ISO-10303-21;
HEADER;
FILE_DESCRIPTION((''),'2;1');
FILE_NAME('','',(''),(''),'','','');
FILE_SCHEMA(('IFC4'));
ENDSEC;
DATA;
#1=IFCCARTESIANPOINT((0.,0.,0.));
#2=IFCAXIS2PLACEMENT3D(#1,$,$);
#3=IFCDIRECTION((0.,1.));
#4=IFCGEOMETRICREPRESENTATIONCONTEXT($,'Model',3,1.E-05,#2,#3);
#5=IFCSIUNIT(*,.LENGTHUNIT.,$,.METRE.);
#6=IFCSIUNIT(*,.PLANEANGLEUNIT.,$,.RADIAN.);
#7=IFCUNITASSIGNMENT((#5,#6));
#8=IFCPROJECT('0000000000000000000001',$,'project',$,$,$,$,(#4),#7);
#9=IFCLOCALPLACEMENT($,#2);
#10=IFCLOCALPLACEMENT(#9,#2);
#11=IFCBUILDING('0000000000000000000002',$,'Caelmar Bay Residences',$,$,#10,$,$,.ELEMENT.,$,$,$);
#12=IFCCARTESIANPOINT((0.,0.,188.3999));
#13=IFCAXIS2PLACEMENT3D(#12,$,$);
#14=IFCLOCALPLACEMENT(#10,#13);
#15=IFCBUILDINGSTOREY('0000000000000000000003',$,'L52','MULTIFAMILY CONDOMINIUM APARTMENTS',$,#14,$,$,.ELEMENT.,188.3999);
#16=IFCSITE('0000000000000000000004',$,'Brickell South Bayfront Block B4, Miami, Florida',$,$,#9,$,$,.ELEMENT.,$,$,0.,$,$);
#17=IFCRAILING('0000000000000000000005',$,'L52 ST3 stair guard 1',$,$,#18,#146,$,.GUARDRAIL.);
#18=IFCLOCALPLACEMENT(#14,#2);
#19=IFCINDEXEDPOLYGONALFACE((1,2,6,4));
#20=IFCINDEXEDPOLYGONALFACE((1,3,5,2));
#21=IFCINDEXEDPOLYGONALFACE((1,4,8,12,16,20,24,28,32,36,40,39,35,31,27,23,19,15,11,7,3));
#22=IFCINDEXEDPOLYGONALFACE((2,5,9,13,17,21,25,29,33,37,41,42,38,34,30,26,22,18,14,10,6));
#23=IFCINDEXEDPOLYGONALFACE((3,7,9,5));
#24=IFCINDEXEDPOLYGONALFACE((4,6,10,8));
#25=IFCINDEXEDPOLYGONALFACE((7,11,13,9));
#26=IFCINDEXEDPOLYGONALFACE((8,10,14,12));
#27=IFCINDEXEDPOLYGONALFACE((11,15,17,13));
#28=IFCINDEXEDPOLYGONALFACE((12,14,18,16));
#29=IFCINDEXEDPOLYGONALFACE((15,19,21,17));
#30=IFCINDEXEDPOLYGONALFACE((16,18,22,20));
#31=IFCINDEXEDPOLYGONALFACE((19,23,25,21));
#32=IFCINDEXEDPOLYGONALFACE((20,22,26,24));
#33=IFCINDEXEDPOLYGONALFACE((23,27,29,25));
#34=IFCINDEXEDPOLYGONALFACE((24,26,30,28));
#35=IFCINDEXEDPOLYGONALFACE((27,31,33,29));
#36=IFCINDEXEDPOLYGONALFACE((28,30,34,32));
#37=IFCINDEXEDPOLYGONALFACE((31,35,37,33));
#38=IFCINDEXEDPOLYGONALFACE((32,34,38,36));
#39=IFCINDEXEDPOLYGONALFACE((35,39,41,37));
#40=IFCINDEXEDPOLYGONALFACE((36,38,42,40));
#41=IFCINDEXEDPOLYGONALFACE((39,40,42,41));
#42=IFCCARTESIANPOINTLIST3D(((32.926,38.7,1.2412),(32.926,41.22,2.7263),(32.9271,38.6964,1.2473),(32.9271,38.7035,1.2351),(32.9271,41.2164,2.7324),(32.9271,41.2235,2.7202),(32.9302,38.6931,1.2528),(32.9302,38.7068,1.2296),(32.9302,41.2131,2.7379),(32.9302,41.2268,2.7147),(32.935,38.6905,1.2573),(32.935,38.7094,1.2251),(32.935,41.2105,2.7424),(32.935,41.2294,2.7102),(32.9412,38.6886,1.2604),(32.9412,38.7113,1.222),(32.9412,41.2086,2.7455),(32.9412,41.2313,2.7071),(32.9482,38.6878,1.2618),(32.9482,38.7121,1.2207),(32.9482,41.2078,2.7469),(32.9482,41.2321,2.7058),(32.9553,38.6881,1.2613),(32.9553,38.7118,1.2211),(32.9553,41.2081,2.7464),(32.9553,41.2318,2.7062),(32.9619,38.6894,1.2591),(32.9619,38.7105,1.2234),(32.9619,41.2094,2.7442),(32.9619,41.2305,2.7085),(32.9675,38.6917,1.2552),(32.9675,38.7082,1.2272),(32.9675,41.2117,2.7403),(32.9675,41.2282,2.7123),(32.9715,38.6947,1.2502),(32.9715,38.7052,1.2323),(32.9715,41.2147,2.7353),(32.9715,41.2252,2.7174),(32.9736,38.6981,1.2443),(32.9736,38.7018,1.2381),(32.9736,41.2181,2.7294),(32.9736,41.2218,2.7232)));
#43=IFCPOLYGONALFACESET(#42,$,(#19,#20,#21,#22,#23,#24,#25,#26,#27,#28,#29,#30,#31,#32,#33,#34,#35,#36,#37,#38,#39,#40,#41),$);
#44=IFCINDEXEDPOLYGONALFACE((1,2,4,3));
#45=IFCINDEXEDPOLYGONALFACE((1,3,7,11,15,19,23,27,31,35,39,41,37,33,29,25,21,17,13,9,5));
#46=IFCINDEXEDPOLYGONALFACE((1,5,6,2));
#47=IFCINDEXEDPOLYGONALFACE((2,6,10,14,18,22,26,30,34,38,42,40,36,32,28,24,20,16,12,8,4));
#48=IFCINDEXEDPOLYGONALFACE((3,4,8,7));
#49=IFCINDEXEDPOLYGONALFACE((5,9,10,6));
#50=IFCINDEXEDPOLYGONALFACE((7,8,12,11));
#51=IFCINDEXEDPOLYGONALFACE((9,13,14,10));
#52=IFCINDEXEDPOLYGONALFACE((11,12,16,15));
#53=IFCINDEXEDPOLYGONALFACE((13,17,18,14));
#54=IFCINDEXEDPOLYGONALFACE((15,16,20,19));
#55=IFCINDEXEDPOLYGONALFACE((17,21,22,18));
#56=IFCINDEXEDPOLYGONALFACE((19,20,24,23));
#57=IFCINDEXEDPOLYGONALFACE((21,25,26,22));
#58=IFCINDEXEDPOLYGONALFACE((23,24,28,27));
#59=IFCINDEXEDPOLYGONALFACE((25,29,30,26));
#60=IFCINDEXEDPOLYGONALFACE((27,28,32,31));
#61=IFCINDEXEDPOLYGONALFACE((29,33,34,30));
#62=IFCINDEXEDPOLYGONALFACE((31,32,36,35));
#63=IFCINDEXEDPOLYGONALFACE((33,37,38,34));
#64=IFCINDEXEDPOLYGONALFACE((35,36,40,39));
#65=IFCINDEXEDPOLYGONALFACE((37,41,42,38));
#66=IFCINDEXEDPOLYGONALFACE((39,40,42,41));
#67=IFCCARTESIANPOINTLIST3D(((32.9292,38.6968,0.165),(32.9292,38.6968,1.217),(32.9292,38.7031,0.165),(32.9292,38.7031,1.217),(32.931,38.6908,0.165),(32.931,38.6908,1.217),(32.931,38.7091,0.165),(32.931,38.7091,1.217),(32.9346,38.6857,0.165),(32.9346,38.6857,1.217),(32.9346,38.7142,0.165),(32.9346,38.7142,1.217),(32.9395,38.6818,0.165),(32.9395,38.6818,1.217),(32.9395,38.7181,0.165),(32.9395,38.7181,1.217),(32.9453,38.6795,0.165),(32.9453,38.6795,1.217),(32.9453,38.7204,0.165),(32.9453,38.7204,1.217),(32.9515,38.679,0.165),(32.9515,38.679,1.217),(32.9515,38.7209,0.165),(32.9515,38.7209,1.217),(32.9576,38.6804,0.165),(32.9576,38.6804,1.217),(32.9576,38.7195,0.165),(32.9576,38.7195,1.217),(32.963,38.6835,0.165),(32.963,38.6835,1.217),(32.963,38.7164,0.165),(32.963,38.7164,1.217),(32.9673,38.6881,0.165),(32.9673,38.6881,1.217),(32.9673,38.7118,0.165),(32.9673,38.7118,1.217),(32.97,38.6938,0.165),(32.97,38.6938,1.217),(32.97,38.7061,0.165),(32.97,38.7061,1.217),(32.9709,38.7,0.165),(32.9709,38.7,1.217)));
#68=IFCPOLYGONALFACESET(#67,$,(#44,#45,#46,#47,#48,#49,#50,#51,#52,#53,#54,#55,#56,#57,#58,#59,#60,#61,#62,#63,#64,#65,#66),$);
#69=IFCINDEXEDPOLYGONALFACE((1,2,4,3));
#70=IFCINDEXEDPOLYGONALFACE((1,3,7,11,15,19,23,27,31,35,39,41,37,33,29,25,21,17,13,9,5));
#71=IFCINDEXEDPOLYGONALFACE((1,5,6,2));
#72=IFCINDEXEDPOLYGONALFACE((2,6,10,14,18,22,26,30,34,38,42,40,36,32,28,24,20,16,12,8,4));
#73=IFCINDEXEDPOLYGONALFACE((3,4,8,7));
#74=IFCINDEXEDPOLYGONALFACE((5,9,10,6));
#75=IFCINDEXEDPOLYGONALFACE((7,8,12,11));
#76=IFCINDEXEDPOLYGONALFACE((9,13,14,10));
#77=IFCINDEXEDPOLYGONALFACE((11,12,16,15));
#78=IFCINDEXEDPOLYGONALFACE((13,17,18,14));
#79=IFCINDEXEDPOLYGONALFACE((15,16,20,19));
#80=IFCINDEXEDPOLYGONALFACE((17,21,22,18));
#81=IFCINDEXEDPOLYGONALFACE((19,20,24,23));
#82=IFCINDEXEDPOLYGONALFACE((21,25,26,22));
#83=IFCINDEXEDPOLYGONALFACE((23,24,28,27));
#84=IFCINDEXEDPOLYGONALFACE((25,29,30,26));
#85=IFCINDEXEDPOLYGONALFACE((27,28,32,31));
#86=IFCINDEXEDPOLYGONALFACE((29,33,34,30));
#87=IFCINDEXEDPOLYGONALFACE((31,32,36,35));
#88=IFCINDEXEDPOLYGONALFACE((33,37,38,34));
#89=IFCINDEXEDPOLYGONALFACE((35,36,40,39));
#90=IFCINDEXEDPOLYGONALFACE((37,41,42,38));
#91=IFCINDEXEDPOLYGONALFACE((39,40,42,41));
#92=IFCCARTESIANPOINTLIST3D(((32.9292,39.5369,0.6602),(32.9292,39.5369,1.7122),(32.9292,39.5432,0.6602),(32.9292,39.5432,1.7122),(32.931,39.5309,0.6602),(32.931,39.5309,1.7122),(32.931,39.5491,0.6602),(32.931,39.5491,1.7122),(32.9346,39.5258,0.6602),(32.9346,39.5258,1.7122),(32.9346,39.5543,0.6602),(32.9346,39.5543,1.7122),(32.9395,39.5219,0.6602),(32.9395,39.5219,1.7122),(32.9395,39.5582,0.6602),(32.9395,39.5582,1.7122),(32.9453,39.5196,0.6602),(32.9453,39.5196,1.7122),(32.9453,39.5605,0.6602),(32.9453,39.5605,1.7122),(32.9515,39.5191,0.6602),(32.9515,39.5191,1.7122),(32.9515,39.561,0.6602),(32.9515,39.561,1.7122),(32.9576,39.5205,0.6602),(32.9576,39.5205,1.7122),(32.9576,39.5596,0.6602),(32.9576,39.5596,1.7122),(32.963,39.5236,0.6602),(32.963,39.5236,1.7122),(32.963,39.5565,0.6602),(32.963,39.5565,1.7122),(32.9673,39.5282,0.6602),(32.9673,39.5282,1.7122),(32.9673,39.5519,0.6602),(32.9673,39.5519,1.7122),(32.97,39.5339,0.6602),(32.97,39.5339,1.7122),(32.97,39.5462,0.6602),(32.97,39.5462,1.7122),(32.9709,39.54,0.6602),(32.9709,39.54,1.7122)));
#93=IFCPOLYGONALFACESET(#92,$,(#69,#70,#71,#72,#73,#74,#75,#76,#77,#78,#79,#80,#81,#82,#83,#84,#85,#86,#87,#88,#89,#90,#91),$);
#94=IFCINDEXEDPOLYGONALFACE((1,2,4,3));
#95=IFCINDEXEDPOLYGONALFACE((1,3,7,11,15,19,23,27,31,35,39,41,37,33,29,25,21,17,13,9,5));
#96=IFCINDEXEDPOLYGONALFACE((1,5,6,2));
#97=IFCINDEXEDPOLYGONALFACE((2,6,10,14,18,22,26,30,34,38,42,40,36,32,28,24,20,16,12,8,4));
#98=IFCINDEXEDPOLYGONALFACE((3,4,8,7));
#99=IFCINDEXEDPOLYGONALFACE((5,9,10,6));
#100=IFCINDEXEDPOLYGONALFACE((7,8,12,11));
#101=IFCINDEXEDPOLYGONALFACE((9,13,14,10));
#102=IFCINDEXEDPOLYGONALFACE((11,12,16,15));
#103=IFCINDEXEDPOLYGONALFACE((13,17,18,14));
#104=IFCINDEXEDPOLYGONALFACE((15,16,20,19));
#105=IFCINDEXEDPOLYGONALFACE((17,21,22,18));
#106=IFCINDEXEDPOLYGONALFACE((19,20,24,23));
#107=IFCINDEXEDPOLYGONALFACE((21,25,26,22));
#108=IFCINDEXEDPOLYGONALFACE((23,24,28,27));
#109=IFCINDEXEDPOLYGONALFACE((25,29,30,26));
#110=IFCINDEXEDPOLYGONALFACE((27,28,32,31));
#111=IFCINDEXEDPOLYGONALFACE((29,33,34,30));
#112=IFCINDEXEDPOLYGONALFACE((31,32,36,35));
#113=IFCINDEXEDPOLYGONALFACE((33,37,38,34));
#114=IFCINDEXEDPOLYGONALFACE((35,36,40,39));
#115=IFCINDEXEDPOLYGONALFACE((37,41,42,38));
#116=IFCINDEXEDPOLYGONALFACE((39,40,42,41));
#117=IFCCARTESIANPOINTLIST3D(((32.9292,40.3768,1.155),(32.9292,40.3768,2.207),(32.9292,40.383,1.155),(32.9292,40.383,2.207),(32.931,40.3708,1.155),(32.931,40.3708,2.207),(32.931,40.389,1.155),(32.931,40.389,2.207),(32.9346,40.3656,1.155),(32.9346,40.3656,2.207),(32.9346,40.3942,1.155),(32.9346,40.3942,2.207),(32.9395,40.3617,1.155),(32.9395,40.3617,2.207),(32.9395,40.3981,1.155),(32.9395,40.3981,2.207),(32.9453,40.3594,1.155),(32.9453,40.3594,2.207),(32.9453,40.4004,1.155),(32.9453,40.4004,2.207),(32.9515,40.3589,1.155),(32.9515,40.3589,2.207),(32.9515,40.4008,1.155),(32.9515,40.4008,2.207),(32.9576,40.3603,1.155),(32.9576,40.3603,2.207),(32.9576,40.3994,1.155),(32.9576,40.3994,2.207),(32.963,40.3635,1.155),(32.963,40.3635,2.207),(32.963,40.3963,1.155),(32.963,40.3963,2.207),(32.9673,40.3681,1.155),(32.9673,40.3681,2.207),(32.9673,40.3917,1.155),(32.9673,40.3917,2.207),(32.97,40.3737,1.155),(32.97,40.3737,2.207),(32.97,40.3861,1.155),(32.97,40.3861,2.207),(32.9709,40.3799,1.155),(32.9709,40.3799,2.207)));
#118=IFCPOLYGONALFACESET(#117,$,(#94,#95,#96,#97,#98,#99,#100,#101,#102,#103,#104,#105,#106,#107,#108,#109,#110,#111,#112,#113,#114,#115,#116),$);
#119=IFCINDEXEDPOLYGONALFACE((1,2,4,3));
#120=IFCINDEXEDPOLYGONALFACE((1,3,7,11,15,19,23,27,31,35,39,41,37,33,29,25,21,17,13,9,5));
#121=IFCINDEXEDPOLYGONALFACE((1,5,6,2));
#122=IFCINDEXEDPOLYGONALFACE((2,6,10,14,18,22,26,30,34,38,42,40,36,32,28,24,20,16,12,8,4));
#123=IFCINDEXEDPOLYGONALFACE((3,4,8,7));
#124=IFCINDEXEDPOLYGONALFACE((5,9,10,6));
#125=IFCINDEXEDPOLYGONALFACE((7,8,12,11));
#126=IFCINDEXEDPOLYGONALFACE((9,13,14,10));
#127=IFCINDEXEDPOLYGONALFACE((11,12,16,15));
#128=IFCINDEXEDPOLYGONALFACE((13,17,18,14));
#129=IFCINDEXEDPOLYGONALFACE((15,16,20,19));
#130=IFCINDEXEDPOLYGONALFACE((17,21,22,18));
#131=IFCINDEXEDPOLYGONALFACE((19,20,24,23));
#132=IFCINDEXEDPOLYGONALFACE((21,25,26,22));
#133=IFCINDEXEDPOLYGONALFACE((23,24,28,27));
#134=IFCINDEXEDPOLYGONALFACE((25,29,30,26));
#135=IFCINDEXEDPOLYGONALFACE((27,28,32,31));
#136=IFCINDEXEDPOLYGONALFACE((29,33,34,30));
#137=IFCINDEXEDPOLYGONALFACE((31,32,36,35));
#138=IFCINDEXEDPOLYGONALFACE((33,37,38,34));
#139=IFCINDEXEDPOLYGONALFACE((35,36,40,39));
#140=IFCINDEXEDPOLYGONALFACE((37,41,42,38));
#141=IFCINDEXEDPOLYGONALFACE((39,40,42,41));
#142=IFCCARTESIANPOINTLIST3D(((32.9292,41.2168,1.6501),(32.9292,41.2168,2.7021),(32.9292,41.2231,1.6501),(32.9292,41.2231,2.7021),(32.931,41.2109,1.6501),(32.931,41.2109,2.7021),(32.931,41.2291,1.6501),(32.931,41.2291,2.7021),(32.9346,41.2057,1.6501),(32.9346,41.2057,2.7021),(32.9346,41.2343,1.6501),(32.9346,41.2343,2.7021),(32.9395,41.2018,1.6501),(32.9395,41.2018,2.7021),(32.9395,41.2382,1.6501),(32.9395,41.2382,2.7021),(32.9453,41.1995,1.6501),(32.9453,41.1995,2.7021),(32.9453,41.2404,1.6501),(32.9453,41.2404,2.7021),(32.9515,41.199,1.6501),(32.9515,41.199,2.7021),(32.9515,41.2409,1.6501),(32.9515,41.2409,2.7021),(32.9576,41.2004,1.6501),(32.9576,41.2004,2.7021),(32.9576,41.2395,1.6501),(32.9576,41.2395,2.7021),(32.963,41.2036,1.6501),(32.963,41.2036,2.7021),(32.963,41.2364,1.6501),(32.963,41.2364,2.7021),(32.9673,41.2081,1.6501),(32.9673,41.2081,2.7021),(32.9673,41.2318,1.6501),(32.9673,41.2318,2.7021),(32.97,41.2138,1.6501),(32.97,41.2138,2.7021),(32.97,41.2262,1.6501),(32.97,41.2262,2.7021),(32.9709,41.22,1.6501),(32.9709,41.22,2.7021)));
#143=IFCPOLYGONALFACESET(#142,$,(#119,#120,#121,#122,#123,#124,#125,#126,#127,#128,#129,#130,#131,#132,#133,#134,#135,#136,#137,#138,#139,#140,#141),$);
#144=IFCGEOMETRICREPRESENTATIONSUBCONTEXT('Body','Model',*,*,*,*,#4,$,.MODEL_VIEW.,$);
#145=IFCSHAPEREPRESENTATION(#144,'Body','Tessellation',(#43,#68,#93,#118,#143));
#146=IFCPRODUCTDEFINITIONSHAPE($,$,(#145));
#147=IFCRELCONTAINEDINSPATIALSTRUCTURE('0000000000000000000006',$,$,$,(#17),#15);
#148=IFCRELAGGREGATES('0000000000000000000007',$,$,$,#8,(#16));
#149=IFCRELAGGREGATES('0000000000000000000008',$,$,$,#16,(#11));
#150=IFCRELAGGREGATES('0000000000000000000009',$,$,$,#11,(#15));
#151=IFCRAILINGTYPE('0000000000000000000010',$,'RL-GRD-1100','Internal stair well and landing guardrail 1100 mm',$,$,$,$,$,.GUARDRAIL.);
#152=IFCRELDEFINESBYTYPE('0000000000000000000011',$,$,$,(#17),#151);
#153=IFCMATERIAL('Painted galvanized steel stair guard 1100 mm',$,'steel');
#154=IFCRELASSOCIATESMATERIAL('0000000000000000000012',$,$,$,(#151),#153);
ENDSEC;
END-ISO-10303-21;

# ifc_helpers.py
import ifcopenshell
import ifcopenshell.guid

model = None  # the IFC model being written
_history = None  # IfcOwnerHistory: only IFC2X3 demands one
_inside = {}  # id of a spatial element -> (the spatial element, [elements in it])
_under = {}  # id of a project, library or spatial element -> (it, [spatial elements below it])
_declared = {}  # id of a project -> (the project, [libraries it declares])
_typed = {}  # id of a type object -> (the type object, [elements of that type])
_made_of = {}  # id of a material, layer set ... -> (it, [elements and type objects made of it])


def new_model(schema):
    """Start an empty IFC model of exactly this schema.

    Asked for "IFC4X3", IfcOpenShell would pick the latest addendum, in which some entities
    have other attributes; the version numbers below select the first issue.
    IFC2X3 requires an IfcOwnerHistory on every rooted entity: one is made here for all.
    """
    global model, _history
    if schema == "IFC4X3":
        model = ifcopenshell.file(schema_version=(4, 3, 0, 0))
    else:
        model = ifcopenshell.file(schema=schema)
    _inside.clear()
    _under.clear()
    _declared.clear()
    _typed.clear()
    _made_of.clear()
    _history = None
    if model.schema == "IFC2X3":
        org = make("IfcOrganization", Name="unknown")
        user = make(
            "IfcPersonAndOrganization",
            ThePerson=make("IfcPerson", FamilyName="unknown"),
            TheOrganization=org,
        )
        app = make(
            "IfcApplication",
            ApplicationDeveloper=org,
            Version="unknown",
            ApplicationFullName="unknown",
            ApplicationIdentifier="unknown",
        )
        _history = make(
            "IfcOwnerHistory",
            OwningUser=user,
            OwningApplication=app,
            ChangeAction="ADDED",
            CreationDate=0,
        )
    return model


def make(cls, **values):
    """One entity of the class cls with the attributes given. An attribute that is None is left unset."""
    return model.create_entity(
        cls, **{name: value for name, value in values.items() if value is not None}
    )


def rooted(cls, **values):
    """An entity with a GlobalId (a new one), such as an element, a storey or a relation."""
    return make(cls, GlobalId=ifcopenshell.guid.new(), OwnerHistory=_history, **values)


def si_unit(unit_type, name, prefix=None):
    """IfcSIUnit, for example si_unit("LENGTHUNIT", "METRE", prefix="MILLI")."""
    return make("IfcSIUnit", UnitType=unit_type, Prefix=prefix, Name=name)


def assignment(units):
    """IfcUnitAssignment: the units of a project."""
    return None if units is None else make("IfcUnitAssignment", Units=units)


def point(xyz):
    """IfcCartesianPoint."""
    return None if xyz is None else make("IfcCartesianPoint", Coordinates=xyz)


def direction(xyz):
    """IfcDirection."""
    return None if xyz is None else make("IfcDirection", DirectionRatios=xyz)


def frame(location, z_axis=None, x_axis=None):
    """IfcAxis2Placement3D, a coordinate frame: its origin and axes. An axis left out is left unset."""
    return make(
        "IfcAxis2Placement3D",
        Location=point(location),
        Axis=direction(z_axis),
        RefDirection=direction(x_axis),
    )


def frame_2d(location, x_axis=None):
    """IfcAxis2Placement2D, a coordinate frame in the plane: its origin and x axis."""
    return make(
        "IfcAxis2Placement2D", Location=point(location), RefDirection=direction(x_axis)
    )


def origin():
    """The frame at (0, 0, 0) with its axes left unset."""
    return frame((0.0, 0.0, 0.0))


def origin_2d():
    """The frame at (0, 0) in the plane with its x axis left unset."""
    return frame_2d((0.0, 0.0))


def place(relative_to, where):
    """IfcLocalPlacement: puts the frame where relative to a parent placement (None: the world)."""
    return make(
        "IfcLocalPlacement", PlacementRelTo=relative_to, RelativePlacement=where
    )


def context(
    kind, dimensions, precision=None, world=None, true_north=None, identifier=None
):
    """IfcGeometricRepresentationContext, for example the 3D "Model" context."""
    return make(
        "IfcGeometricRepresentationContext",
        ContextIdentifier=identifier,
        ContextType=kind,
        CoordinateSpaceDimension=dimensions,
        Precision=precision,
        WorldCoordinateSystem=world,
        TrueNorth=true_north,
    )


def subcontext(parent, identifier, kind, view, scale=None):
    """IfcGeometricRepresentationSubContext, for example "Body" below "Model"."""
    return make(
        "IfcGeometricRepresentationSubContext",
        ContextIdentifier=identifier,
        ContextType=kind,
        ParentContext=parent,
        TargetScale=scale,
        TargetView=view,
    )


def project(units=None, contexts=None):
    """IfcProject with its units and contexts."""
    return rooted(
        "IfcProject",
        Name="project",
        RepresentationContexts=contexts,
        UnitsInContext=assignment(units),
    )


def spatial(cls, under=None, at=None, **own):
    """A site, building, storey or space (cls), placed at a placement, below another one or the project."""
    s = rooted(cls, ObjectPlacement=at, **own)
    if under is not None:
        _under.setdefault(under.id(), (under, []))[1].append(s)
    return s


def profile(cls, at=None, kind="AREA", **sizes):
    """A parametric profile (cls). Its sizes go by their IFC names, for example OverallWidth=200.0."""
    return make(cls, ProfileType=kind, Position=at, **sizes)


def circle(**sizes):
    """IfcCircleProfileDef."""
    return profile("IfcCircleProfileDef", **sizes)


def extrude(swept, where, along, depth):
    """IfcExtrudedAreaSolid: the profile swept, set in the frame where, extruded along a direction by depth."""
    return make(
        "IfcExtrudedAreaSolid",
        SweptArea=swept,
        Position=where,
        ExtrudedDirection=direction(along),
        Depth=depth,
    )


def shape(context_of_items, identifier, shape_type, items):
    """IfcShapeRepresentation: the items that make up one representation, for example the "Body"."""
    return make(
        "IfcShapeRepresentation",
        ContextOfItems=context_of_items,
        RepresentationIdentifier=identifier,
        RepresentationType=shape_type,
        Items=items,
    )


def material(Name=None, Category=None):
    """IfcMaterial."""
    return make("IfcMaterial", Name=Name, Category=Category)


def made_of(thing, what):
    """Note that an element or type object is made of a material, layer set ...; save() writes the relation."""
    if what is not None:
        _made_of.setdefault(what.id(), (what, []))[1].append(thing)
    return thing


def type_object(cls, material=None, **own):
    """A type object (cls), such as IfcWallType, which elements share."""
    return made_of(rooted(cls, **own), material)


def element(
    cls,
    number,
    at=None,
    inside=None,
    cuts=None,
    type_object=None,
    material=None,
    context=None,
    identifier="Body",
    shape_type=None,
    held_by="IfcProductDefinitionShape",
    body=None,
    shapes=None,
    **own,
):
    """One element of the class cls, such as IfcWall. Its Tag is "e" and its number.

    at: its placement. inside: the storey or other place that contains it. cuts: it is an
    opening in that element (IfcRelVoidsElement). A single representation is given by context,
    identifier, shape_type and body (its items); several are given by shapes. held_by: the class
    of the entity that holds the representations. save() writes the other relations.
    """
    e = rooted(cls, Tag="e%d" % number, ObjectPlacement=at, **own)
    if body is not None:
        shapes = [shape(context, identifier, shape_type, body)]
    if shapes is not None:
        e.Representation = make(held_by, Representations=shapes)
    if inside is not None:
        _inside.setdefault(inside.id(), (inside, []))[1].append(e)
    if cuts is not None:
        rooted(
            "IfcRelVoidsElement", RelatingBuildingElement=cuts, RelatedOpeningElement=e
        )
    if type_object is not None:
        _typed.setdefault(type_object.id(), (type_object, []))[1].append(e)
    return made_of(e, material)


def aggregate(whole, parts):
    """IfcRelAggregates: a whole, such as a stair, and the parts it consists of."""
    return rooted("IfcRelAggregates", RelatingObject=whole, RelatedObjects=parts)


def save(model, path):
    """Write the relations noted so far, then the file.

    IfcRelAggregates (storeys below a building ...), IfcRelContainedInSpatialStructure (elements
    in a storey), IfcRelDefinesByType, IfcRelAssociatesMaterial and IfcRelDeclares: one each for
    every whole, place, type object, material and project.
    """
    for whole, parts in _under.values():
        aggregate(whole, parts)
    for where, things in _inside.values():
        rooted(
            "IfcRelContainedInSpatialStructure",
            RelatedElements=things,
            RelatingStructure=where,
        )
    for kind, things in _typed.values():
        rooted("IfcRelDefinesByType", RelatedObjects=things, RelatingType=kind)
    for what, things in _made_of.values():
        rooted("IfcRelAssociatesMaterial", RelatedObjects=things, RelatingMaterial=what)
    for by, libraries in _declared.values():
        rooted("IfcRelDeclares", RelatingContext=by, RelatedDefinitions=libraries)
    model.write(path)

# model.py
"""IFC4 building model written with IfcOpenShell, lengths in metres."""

from ifc_helpers import new_model, si_unit, direction, frame, origin, origin_2d, place, context, subcontext, project, spatial, circle, extrude, material, type_object, element, save


model = new_model("IFC4")

# Units and contexts
model_context = context("Model", 3, precision=1e-05, world=origin(), true_north=direction((0.0, 1.0)))
body_context = subcontext(model_context, "Body", "Model", "MODEL_VIEW")
ifc_project = project(units=[si_unit("LENGTHUNIT", "METRE"), si_unit("PLANEANGLEUNIT", "RADIAN")], contexts=[model_context])

# Site, building, storey
site_placement = place(None, origin())
site = spatial("IfcSite", under=ifc_project, at=site_placement, Name="Brickell South Bayfront Block B4, Miami, Florida", CompositionType="ELEMENT", RefElevation=0.0)
building_placement = place(site_placement, origin())
building = spatial("IfcBuilding", under=site, at=building_placement, Name="Caelmar Bay Residences", CompositionType="ELEMENT")
storey_placement = place(building_placement, frame((0.0, 0.0, 188.3999)))
storey = spatial("IfcBuildingStorey", under=building, at=storey_placement, Name="L52", Description="MULTIFAMILY CONDOMINIUM APARTMENTS", CompositionType="ELEMENT", Elevation=188.3999)

# Railing
ifc_material_1 = material(Name="Painted galvanized steel stair guard 1100 mm", Category="steel")
railing_type_1 = type_object("IfcRailingType", Name="RL-GRD-1100", Description="Internal stair well and landing guardrail 1100 mm", PredefinedType="GUARDRAIL", material=ifc_material_1)
railing_1_placement = place(storey_placement, frame((32.95, 38.7, 0.165)))
element("IfcRailing", 1, at=railing_1_placement, inside=storey, type_object=railing_type_1, Name="L52 ST3 stair guard 1", PredefinedType="GUARDRAIL", context=body_context, shape_type="SweptSolid", body=[
    extrude(circle(Radius=0.0239, at=origin_2d()), frame((0.0, 0.0, 1.0762), z_axis=(0.0, 0.861524, 0.507717), x_axis=(-1.0, 0.0, 0.0)), (0.0, 0.0, 1.0), 2.925),
    extrude(circle(Radius=0.021, at=origin_2d()), origin(), (0.0, 0.0, 1.0), 1.052),
    extrude(circle(Radius=0.021, at=origin_2d()), frame((0.0, 0.8401, 0.4951)), (0.0, 0.0, 1.0), 1.052),
    extrude(circle(Radius=0.021, at=origin_2d()), frame((0.0, 1.6799, 0.99)), (0.0, 0.0, 1.0), 1.052),
    extrude(circle(Radius=0.021, at=origin_2d()), frame((0.0, 2.52, 1.4851)), (0.0, 0.0, 1.0), 1.052),
])

save(model, "model.ifc")
